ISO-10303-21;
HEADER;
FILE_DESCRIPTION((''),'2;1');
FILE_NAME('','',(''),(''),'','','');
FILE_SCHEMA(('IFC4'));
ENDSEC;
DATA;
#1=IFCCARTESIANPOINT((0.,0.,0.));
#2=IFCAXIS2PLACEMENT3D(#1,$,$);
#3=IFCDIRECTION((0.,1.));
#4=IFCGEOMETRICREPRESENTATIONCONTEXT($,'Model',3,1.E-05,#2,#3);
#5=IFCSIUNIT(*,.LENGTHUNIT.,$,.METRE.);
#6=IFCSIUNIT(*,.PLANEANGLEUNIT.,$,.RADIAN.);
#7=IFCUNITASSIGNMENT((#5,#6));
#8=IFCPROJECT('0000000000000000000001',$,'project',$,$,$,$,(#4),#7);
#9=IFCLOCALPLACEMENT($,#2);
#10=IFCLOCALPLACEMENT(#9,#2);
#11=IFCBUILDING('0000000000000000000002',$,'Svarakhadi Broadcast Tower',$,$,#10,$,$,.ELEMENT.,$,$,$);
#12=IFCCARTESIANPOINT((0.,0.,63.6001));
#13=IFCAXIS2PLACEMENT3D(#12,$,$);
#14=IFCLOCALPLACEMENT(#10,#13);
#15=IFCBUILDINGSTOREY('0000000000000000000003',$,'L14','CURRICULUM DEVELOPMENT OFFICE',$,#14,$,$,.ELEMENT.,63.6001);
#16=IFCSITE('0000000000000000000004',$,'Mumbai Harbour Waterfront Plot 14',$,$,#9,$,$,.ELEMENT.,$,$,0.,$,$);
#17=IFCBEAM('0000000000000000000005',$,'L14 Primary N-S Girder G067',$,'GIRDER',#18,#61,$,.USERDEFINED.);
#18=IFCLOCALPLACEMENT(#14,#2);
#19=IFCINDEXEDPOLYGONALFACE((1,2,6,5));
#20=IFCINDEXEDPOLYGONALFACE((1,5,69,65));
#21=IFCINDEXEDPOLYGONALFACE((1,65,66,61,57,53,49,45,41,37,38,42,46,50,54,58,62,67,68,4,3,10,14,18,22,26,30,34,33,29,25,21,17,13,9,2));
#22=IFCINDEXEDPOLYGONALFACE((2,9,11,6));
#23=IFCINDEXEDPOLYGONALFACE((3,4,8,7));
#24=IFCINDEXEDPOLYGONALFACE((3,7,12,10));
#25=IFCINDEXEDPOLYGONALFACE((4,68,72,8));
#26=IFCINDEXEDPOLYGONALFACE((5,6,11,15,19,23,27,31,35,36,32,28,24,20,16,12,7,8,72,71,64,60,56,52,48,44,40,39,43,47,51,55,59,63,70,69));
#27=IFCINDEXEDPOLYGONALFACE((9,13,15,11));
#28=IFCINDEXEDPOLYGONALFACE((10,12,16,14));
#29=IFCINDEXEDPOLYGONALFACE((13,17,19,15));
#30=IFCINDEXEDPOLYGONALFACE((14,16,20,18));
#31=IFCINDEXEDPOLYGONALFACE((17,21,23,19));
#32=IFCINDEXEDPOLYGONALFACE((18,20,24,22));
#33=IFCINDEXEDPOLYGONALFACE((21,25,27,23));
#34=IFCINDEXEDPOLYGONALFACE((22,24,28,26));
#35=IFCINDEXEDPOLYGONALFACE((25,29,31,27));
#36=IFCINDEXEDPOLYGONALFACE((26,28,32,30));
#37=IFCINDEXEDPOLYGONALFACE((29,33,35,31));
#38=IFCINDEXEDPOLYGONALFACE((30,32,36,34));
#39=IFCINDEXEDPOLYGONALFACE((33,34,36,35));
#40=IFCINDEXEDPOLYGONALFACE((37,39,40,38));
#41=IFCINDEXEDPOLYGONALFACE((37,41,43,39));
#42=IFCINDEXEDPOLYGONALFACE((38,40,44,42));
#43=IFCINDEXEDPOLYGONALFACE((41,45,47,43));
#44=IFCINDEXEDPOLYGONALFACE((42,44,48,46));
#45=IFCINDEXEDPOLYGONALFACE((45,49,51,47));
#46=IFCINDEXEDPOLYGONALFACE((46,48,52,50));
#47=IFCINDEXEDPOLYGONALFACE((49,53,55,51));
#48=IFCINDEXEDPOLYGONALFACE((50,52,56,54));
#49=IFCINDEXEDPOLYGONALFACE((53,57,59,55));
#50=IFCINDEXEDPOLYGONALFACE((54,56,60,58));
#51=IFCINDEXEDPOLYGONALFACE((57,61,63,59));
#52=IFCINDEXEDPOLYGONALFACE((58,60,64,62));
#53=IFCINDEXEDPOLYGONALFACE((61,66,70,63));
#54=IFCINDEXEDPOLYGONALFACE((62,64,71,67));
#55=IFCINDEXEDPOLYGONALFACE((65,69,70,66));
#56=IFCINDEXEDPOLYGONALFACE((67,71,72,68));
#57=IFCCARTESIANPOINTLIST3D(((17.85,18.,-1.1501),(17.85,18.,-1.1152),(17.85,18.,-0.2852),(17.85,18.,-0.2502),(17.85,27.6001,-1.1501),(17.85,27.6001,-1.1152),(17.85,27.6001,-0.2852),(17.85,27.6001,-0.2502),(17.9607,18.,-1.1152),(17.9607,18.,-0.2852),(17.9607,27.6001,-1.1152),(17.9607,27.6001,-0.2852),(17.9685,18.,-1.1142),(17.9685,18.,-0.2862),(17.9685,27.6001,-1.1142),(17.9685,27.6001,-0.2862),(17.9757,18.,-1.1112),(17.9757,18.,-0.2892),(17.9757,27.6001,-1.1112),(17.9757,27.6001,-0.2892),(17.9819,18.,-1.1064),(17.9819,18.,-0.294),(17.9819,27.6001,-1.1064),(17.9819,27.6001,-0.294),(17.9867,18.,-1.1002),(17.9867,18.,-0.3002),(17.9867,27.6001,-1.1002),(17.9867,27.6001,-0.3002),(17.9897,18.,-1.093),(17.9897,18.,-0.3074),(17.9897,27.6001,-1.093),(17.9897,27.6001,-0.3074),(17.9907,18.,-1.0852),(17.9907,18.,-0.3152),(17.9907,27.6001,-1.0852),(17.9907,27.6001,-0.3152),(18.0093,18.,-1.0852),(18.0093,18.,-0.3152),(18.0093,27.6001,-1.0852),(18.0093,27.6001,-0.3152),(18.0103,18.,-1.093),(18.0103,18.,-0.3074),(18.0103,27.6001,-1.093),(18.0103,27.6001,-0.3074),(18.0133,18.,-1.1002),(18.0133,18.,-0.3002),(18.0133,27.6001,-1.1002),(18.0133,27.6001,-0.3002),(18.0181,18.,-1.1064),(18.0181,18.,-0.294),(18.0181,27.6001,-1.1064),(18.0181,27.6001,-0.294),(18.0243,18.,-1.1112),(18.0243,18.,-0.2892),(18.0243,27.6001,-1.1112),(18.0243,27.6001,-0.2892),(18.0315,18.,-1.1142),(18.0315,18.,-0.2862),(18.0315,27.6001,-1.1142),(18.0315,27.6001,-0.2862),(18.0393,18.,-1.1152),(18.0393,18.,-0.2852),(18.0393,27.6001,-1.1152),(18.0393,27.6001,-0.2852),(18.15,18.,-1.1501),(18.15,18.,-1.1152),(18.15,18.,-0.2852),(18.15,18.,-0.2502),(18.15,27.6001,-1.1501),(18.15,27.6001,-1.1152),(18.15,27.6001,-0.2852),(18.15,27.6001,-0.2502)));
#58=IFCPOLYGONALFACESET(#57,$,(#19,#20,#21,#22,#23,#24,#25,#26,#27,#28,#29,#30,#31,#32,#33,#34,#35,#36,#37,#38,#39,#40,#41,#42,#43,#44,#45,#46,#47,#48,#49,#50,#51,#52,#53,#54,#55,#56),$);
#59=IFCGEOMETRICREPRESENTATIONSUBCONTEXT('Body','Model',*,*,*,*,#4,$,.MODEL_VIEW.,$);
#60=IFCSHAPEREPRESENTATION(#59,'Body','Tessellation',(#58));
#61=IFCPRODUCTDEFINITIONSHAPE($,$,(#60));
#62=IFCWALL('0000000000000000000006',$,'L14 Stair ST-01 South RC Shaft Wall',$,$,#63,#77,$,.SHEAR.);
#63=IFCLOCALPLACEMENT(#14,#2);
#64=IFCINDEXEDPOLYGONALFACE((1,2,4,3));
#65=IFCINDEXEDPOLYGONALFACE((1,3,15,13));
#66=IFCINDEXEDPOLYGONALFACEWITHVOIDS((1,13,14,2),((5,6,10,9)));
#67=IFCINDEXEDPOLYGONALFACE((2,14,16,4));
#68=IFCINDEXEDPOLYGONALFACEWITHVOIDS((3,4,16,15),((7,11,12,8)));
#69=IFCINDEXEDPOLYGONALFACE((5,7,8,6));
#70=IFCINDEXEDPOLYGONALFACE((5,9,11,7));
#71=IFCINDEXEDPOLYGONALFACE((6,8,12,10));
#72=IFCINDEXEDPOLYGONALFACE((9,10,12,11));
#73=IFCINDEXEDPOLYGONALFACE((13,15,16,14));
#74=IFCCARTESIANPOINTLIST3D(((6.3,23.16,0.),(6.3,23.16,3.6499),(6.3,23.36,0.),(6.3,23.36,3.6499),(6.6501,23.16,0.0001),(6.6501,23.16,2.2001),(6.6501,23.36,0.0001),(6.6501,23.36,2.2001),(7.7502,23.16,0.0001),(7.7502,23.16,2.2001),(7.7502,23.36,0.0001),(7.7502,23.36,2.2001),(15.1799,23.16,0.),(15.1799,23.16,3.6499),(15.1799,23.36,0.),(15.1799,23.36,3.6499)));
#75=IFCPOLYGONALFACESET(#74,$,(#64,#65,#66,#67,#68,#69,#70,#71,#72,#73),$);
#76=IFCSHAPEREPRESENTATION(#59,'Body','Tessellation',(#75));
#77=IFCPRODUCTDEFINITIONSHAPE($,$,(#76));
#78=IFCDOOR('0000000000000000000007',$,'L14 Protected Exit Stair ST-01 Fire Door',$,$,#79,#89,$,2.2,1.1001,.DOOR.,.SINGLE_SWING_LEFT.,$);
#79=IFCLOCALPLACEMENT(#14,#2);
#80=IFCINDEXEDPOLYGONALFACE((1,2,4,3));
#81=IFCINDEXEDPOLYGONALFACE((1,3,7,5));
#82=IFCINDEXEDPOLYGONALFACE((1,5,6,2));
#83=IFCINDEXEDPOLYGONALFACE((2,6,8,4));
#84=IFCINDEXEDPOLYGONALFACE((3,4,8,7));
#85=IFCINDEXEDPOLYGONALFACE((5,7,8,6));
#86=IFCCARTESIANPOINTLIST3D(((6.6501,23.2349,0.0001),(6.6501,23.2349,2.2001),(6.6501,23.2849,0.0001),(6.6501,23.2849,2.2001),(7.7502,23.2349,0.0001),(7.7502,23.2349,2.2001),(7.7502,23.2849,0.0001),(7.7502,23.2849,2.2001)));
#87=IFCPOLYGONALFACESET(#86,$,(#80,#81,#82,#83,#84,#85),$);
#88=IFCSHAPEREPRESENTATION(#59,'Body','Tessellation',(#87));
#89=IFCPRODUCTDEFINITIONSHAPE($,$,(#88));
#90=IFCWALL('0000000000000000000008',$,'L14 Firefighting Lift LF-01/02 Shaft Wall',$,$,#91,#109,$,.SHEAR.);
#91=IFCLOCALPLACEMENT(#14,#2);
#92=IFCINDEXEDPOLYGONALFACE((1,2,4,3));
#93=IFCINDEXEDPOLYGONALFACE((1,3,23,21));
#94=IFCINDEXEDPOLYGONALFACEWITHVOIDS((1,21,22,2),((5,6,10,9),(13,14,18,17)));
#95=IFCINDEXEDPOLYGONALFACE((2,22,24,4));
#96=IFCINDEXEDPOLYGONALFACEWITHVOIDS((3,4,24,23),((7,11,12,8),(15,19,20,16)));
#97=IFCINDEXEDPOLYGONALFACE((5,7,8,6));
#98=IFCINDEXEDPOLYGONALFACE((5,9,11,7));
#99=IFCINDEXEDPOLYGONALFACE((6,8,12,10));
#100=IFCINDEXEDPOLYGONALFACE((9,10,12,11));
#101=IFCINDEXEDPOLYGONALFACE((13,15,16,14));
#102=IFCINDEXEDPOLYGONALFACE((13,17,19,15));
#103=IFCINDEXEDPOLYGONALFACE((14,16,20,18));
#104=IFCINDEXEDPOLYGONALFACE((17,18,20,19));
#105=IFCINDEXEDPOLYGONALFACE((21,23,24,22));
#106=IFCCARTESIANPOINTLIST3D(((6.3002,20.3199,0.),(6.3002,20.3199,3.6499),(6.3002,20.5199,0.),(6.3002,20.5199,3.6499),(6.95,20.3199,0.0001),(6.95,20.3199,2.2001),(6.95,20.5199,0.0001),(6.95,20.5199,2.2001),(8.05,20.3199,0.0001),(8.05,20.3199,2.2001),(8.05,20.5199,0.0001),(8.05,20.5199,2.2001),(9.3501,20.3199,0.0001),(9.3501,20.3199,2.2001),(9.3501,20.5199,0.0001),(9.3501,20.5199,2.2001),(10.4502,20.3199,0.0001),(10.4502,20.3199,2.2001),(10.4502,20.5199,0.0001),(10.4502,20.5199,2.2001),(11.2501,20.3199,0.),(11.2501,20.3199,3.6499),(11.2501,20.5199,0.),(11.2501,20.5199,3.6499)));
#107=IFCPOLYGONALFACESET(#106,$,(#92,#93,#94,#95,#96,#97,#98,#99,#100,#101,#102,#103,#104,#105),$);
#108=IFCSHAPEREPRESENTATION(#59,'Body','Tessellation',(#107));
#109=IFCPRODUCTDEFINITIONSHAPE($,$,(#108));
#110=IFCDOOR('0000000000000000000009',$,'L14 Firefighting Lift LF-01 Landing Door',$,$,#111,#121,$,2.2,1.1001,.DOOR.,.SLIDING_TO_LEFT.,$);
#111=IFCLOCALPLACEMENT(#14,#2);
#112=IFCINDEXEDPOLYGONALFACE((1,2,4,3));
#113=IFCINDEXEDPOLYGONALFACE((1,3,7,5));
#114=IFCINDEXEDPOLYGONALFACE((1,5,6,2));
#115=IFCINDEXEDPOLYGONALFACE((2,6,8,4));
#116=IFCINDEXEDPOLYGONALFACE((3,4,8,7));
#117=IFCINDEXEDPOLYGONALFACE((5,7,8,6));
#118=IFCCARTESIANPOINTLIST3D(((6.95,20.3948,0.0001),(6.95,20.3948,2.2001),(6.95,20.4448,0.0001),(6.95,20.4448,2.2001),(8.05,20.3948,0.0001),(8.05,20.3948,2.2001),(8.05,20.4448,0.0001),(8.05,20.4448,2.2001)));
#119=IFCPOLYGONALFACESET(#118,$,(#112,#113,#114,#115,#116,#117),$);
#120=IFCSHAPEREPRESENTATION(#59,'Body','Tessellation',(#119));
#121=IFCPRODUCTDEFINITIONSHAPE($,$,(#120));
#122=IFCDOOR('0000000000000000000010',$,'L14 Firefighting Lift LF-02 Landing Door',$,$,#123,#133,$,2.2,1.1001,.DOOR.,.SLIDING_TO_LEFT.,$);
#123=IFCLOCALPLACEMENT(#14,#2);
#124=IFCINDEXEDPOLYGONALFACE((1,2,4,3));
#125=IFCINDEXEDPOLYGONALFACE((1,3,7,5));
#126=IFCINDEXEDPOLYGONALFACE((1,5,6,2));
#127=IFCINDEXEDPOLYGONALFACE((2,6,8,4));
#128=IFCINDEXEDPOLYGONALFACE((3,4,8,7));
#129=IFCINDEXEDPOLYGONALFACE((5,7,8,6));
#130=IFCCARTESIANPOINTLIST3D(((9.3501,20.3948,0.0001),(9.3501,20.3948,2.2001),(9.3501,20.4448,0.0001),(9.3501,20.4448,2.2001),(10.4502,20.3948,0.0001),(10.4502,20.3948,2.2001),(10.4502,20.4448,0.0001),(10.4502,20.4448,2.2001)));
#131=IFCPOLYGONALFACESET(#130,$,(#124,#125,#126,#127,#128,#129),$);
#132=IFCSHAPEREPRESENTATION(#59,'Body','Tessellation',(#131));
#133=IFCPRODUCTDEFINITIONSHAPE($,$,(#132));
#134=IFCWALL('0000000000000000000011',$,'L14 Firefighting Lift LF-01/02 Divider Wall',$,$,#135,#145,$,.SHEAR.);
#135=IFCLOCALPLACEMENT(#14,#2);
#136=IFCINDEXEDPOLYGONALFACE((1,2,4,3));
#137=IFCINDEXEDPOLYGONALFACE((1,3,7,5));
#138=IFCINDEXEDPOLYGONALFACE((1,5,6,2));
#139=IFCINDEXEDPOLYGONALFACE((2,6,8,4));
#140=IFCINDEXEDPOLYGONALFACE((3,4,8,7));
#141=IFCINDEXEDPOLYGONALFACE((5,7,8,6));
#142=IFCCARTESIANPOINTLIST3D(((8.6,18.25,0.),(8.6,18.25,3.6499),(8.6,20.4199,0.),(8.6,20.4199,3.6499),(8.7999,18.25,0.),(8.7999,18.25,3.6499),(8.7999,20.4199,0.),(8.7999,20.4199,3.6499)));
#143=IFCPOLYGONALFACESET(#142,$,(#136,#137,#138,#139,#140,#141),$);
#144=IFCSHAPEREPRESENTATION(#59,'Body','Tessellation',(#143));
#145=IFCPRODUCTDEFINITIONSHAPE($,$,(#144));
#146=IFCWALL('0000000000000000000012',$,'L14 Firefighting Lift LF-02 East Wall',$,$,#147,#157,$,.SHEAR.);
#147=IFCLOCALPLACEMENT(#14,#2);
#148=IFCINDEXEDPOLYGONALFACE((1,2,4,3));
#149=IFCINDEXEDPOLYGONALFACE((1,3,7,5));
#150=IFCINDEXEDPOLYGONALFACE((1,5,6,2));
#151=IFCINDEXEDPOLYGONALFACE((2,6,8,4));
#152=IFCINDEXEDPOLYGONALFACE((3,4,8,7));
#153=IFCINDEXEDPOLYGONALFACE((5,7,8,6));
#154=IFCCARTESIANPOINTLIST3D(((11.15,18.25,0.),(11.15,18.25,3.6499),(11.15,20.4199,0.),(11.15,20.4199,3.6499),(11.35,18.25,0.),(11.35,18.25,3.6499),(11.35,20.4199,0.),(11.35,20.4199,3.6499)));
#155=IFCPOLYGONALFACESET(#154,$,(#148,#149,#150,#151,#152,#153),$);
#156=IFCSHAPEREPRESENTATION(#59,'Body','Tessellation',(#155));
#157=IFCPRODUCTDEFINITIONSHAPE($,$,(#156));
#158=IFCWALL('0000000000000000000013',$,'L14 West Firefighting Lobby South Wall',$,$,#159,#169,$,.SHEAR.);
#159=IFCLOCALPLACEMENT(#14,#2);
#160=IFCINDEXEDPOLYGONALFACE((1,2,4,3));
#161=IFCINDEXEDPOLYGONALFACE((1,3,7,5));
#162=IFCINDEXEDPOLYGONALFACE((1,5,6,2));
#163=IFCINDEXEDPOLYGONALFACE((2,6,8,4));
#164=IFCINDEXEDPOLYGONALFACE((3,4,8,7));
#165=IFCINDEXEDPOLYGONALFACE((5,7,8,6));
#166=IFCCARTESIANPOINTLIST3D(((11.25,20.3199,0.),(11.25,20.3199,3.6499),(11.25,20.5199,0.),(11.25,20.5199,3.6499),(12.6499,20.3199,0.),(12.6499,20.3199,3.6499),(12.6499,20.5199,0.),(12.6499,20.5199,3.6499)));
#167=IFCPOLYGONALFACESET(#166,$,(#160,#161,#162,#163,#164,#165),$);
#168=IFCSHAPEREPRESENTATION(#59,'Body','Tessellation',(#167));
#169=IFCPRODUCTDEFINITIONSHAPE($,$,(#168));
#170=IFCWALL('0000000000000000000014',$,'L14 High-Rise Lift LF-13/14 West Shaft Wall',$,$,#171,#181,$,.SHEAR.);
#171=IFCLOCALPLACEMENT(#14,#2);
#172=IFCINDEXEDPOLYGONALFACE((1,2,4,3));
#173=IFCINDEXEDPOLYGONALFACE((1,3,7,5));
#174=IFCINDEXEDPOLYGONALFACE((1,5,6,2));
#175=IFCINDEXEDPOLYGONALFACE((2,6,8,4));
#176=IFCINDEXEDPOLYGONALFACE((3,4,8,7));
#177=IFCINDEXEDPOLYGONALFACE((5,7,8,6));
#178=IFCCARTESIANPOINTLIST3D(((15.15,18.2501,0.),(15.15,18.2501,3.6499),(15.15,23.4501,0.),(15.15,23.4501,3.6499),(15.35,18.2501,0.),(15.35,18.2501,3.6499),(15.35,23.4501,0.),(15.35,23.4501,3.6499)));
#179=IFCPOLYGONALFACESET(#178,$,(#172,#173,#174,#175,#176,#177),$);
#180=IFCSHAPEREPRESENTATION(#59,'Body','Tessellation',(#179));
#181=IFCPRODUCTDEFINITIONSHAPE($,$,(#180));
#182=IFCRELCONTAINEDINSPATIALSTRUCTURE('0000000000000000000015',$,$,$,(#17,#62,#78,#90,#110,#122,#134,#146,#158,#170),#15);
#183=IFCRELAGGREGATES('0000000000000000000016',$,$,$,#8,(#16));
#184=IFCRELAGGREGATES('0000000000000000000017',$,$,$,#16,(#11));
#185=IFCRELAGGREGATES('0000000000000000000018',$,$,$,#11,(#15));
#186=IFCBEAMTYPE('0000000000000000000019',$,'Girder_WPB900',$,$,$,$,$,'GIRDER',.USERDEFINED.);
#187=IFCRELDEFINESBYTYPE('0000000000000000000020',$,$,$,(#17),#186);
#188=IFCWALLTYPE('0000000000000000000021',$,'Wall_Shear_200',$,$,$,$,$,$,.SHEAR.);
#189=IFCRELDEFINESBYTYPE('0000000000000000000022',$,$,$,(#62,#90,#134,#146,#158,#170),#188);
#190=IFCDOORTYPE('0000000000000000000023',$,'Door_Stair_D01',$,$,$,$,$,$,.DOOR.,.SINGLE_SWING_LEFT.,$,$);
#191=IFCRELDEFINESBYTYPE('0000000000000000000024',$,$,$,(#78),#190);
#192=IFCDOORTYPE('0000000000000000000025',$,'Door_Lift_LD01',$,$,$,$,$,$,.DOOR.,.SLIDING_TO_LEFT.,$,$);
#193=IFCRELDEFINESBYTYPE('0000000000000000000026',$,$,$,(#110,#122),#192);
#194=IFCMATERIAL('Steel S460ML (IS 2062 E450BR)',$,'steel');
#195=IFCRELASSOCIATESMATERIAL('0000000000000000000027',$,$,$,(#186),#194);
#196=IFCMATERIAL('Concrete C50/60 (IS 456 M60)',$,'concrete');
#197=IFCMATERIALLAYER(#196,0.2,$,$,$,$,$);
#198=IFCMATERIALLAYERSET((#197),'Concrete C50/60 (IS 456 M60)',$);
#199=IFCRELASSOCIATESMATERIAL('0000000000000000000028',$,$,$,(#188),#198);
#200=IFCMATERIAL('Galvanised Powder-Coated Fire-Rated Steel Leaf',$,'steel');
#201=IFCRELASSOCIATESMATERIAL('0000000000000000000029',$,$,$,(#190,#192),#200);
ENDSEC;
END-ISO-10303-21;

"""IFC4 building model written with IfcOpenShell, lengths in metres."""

from ifc_helpers import new_model, si_unit, direction, frame, frame_2d, origin, origin_2d, place, context, subcontext, project, spatial, rectangle, i_section, extrude, material, layer, layer_set, material_profile, profile_set, type_object, element, fill, save


model = new_model("IFC4")

# Units and contexts
model_context = context("Model", 3, precision=1e-05, world=origin(), true_north=direction((0.0, 1.0)))
body_context = subcontext(model_context, "Body", "Model", "MODEL_VIEW")
ifc_project = project(units=[si_unit("LENGTHUNIT", "METRE"), si_unit("PLANEANGLEUNIT", "RADIAN")], contexts=[model_context])

# Site, building, storey
site_placement = place(None, origin())
site = spatial("IfcSite", under=ifc_project, at=site_placement, Name="Mumbai Harbour Waterfront Plot 14", CompositionType="ELEMENT", RefElevation=0.0)
building_placement = place(site_placement, origin())
building = spatial("IfcBuilding", under=site, at=building_placement, Name="Svarakhadi Broadcast Tower", CompositionType="ELEMENT")
storey_placement = place(building_placement, frame((0.0, 0.0, 63.6001)))
storey = spatial("IfcBuildingStorey", under=building, at=storey_placement, Name="L14", Description="CURRICULUM DEVELOPMENT OFFICE", CompositionType="ELEMENT", Elevation=63.6001)

# Beam
ifc_material_1 = material(Name="Concrete C50/60 (IS 456 M60)", Category="concrete")
ifc_material_2 = material(Name="Steel S460ML (IS 2062 E450BR)", Category="steel")
ifc_material_profile_1 = material_profile(ifc_material_2, i_section(OverallWidth=0.3, OverallDepth=0.8999, WebThickness=0.0186, FlangeThickness=0.0349, FilletRadius=0.03, at=origin_2d()), Name="WPB 900x300x291")
ifc_profile_set_1 = profile_set([ifc_material_profile_1], Name="Steel S460ML (IS 2062 E450BR)")
beam_type_1 = type_object("IfcBeamType", Name="Girder_WPB900", ElementType="GIRDER", PredefinedType="USERDEFINED", material=ifc_profile_set_1)
for number, where, z_axis, x_axis, name in (
    (1, (18.0, 18.0, -0.7002), (0.0, 1.0, 0.0), (-1.0, 0.0, 0.0), "L14 Primary N-S Girder G067"),
):
    element("IfcBeam", number, at=place(storey_placement, frame(where, z_axis=z_axis, x_axis=x_axis)), inside=storey, type_object=beam_type_1, Name=name, ObjectType="GIRDER", PredefinedType="USERDEFINED", context=body_context, shape_type="SweptSolid", body=[
        extrude(i_section(OverallWidth=0.3, OverallDepth=0.8999, WebThickness=0.0186, FlangeThickness=0.0349, FilletRadius=0.03, at=origin_2d()), origin(), (0.0, 0.0, 1.0), 9.6001),
    ])

# Wall, opening, door
ifc_layer_1 = layer(ifc_material_1, 0.2)
ifc_layer_set_1 = layer_set([ifc_layer_1], Name="Concrete C50/60 (IS 456 M60)")
wall_type_1 = type_object("IfcWallType", Name="Wall_Shear_200", PredefinedType="SHEAR", material=ifc_layer_set_1)
wall_1_placement = place(storey_placement, frame((6.3, 23.26, 0.0), z_axis=(0.0, 0.0, 1.0), x_axis=(1.0, 0.0, 0.0)))
wall_1 = element("IfcWall", 2, at=wall_1_placement, inside=storey, type_object=wall_type_1, Name="L14 Stair ST-01 South RC Shaft Wall", PredefinedType="SHEAR", context=body_context, shape_type="SweptSolid", body=[
    extrude(rectangle(XDim=8.8799, YDim=0.2, at=frame_2d((4.4399, 0.0))), origin(), (0.0, 0.0, 1.0), 3.6499),
])
opening_1_placement = place(wall_1_placement, frame((0.3501, 0.0, 0.0)))
opening_1 = element("IfcOpeningElement", 3, at=opening_1_placement, cuts=wall_1, PredefinedType="OPENING", context=body_context, shape_type="SweptSolid", body=[
    extrude(rectangle(XDim=1.1001, YDim=2.2, at=frame_2d((0.55, 1.1001))), frame((0.0, 0.1099, 0.0), z_axis=(0.0, -1.0, 0.0), x_axis=(1.0, 0.0, 0.0)), (0.0, 0.0, 1.0), 0.22),
])
ifc_material_3 = material(Name="Galvanised Powder-Coated Fire-Rated Steel Leaf", Category="steel")
door_type_1 = type_object("IfcDoorType", Name="Door_Stair_D01", OperationType="SINGLE_SWING_LEFT", PredefinedType="DOOR", material=ifc_material_3)
door_1_placement = place(opening_1_placement, origin())
door_1 = element("IfcDoor", 4, at=door_1_placement, inside=storey, type_object=door_type_1, Name="L14 Protected Exit Stair ST-01 Fire Door", OperationType="SINGLE_SWING_LEFT", OverallHeight=2.2, OverallWidth=1.1001, PredefinedType="DOOR", context=body_context, shape_type="SweptSolid", body=[
    extrude(rectangle(XDim=1.1001, YDim=2.2, at=frame_2d((0.55, 1.1001))), frame((0.0, 0.0249, 0.0), z_axis=(0.0, -1.0, 0.0), x_axis=(1.0, 0.0, 0.0)), (0.0, 0.0, 1.0), 0.05),
])
fill(opening_1, door_1)

# Wall, openings, doors
wall_2_placement = place(storey_placement, frame((6.3, 20.4199, 0.0), z_axis=(0.0, 0.0, 1.0), x_axis=(1.0, 0.0, 0.0)))
wall_2 = element("IfcWall", 5, at=wall_2_placement, inside=storey, type_object=wall_type_1, Name="L14 Firefighting Lift LF-01/02 Shaft Wall", PredefinedType="SHEAR", context=body_context, shape_type="SweptSolid", body=[
    extrude(rectangle(XDim=4.95, YDim=0.2, at=frame_2d((2.4751, 0.0))), origin(), (0.0, 0.0, 1.0), 3.6499),
])
opening_2_placement = place(wall_2_placement, frame((0.6499, 0.0, 0.0)))
opening_2 = element("IfcOpeningElement", 6, at=opening_2_placement, cuts=wall_2, PredefinedType="OPENING", context=body_context, shape_type="SweptSolid", body=[
    extrude(rectangle(XDim=1.1001, YDim=2.2, at=frame_2d((0.55, 1.1001))), frame((0.0, 0.1099, 0.0), z_axis=(0.0, -1.0, 0.0), x_axis=(1.0, 0.0, 0.0)), (0.0, 0.0, 1.0), 0.22),
])
opening_3_placement = place(wall_2_placement, frame((3.05, 0.0, 0.0)))
opening_3 = element("IfcOpeningElement", 7, at=opening_3_placement, cuts=wall_2, PredefinedType="OPENING", context=body_context, shape_type="SweptSolid", body=[
    extrude(rectangle(XDim=1.1001, YDim=2.2, at=frame_2d((0.55, 1.1001))), frame((0.0, 0.1099, 0.0), z_axis=(0.0, -1.0, 0.0), x_axis=(1.0, 0.0, 0.0)), (0.0, 0.0, 1.0), 0.22),
])
door_type_2 = type_object("IfcDoorType", Name="Door_Lift_LD01", OperationType="SLIDING_TO_LEFT", PredefinedType="DOOR", material=ifc_material_3)
door_2_placement = place(opening_2_placement, origin())
door_2 = element("IfcDoor", 8, at=door_2_placement, inside=storey, type_object=door_type_2, Name="L14 Firefighting Lift LF-01 Landing Door", OperationType="SLIDING_TO_LEFT", OverallHeight=2.2, OverallWidth=1.1001, PredefinedType="DOOR", context=body_context, shape_type="SweptSolid", body=[
    extrude(rectangle(XDim=1.1001, YDim=2.2, at=frame_2d((0.55, 1.1001))), frame((0.0, 0.0249, 0.0), z_axis=(0.0, -1.0, 0.0), x_axis=(1.0, 0.0, 0.0)), (0.0, 0.0, 1.0), 0.05),
])
fill(opening_2, door_2)
door_3_placement = place(opening_3_placement, origin())
door_3 = element("IfcDoor", 9, at=door_3_placement, inside=storey, type_object=door_type_2, Name="L14 Firefighting Lift LF-02 Landing Door", OperationType="SLIDING_TO_LEFT", OverallHeight=2.2, OverallWidth=1.1001, PredefinedType="DOOR", context=body_context, shape_type="SweptSolid", body=[
    extrude(rectangle(XDim=1.1001, YDim=2.2, at=frame_2d((0.55, 1.1001))), frame((0.0, 0.0249, 0.0), z_axis=(0.0, -1.0, 0.0), x_axis=(1.0, 0.0, 0.0)), (0.0, 0.0, 1.0), 0.05),
])
fill(opening_3, door_3)

# Walls
for number, where, z_axis, x_axis, name in (
    (10, (8.7, 18.25, 0.0), (0.0, 0.0, 1.0), (0.0, 1.0, 0.0), "L14 Firefighting Lift LF-01/02 Divider Wall"),
    (11, (11.25, 18.25, 0.0), (0.0, 0.0, 1.0), (0.0, 1.0, 0.0), "L14 Firefighting Lift LF-02 East Wall"),
):
    element("IfcWall", number, at=place(storey_placement, frame(where, z_axis=z_axis, x_axis=x_axis)), inside=storey, type_object=wall_type_1, Name=name, PredefinedType="SHEAR", context=body_context, shape_type="SweptSolid", body=[
        extrude(rectangle(XDim=2.1699, YDim=0.2, at=frame_2d((1.085, 0.0))), origin(), (0.0, 0.0, 1.0), 3.6499),
    ])
wall_3_placement = place(storey_placement, frame((11.25, 20.4199, 0.0), z_axis=(0.0, 0.0, 1.0), x_axis=(1.0, 0.0, 0.0)))
element("IfcWall", 12, at=wall_3_placement, inside=storey, type_object=wall_type_1, Name="L14 West Firefighting Lobby South Wall", PredefinedType="SHEAR", context=body_context, shape_type="SweptSolid", body=[
    extrude(rectangle(XDim=1.3999, YDim=0.2, at=frame_2d((0.7, 0.0))), origin(), (0.0, 0.0, 1.0), 3.6499),
])

# Wall
wall_4_placement = place(storey_placement, frame((15.25, 18.25, 0.0), z_axis=(0.0, 0.0, 1.0), x_axis=(0.0, 1.0, 0.0)))
element("IfcWall", 13, at=wall_4_placement, inside=storey, type_object=wall_type_1, Name="L14 High-Rise Lift LF-13/14 West Shaft Wall", PredefinedType="SHEAR", context=body_context, shape_type="SweptSolid", body=[
    extrude(rectangle(XDim=5.2, YDim=0.2, at=frame_2d((2.6001, 0.0))), origin(), (0.0, 0.0, 1.0), 3.6499),
])

save(model, "model.ifc")
